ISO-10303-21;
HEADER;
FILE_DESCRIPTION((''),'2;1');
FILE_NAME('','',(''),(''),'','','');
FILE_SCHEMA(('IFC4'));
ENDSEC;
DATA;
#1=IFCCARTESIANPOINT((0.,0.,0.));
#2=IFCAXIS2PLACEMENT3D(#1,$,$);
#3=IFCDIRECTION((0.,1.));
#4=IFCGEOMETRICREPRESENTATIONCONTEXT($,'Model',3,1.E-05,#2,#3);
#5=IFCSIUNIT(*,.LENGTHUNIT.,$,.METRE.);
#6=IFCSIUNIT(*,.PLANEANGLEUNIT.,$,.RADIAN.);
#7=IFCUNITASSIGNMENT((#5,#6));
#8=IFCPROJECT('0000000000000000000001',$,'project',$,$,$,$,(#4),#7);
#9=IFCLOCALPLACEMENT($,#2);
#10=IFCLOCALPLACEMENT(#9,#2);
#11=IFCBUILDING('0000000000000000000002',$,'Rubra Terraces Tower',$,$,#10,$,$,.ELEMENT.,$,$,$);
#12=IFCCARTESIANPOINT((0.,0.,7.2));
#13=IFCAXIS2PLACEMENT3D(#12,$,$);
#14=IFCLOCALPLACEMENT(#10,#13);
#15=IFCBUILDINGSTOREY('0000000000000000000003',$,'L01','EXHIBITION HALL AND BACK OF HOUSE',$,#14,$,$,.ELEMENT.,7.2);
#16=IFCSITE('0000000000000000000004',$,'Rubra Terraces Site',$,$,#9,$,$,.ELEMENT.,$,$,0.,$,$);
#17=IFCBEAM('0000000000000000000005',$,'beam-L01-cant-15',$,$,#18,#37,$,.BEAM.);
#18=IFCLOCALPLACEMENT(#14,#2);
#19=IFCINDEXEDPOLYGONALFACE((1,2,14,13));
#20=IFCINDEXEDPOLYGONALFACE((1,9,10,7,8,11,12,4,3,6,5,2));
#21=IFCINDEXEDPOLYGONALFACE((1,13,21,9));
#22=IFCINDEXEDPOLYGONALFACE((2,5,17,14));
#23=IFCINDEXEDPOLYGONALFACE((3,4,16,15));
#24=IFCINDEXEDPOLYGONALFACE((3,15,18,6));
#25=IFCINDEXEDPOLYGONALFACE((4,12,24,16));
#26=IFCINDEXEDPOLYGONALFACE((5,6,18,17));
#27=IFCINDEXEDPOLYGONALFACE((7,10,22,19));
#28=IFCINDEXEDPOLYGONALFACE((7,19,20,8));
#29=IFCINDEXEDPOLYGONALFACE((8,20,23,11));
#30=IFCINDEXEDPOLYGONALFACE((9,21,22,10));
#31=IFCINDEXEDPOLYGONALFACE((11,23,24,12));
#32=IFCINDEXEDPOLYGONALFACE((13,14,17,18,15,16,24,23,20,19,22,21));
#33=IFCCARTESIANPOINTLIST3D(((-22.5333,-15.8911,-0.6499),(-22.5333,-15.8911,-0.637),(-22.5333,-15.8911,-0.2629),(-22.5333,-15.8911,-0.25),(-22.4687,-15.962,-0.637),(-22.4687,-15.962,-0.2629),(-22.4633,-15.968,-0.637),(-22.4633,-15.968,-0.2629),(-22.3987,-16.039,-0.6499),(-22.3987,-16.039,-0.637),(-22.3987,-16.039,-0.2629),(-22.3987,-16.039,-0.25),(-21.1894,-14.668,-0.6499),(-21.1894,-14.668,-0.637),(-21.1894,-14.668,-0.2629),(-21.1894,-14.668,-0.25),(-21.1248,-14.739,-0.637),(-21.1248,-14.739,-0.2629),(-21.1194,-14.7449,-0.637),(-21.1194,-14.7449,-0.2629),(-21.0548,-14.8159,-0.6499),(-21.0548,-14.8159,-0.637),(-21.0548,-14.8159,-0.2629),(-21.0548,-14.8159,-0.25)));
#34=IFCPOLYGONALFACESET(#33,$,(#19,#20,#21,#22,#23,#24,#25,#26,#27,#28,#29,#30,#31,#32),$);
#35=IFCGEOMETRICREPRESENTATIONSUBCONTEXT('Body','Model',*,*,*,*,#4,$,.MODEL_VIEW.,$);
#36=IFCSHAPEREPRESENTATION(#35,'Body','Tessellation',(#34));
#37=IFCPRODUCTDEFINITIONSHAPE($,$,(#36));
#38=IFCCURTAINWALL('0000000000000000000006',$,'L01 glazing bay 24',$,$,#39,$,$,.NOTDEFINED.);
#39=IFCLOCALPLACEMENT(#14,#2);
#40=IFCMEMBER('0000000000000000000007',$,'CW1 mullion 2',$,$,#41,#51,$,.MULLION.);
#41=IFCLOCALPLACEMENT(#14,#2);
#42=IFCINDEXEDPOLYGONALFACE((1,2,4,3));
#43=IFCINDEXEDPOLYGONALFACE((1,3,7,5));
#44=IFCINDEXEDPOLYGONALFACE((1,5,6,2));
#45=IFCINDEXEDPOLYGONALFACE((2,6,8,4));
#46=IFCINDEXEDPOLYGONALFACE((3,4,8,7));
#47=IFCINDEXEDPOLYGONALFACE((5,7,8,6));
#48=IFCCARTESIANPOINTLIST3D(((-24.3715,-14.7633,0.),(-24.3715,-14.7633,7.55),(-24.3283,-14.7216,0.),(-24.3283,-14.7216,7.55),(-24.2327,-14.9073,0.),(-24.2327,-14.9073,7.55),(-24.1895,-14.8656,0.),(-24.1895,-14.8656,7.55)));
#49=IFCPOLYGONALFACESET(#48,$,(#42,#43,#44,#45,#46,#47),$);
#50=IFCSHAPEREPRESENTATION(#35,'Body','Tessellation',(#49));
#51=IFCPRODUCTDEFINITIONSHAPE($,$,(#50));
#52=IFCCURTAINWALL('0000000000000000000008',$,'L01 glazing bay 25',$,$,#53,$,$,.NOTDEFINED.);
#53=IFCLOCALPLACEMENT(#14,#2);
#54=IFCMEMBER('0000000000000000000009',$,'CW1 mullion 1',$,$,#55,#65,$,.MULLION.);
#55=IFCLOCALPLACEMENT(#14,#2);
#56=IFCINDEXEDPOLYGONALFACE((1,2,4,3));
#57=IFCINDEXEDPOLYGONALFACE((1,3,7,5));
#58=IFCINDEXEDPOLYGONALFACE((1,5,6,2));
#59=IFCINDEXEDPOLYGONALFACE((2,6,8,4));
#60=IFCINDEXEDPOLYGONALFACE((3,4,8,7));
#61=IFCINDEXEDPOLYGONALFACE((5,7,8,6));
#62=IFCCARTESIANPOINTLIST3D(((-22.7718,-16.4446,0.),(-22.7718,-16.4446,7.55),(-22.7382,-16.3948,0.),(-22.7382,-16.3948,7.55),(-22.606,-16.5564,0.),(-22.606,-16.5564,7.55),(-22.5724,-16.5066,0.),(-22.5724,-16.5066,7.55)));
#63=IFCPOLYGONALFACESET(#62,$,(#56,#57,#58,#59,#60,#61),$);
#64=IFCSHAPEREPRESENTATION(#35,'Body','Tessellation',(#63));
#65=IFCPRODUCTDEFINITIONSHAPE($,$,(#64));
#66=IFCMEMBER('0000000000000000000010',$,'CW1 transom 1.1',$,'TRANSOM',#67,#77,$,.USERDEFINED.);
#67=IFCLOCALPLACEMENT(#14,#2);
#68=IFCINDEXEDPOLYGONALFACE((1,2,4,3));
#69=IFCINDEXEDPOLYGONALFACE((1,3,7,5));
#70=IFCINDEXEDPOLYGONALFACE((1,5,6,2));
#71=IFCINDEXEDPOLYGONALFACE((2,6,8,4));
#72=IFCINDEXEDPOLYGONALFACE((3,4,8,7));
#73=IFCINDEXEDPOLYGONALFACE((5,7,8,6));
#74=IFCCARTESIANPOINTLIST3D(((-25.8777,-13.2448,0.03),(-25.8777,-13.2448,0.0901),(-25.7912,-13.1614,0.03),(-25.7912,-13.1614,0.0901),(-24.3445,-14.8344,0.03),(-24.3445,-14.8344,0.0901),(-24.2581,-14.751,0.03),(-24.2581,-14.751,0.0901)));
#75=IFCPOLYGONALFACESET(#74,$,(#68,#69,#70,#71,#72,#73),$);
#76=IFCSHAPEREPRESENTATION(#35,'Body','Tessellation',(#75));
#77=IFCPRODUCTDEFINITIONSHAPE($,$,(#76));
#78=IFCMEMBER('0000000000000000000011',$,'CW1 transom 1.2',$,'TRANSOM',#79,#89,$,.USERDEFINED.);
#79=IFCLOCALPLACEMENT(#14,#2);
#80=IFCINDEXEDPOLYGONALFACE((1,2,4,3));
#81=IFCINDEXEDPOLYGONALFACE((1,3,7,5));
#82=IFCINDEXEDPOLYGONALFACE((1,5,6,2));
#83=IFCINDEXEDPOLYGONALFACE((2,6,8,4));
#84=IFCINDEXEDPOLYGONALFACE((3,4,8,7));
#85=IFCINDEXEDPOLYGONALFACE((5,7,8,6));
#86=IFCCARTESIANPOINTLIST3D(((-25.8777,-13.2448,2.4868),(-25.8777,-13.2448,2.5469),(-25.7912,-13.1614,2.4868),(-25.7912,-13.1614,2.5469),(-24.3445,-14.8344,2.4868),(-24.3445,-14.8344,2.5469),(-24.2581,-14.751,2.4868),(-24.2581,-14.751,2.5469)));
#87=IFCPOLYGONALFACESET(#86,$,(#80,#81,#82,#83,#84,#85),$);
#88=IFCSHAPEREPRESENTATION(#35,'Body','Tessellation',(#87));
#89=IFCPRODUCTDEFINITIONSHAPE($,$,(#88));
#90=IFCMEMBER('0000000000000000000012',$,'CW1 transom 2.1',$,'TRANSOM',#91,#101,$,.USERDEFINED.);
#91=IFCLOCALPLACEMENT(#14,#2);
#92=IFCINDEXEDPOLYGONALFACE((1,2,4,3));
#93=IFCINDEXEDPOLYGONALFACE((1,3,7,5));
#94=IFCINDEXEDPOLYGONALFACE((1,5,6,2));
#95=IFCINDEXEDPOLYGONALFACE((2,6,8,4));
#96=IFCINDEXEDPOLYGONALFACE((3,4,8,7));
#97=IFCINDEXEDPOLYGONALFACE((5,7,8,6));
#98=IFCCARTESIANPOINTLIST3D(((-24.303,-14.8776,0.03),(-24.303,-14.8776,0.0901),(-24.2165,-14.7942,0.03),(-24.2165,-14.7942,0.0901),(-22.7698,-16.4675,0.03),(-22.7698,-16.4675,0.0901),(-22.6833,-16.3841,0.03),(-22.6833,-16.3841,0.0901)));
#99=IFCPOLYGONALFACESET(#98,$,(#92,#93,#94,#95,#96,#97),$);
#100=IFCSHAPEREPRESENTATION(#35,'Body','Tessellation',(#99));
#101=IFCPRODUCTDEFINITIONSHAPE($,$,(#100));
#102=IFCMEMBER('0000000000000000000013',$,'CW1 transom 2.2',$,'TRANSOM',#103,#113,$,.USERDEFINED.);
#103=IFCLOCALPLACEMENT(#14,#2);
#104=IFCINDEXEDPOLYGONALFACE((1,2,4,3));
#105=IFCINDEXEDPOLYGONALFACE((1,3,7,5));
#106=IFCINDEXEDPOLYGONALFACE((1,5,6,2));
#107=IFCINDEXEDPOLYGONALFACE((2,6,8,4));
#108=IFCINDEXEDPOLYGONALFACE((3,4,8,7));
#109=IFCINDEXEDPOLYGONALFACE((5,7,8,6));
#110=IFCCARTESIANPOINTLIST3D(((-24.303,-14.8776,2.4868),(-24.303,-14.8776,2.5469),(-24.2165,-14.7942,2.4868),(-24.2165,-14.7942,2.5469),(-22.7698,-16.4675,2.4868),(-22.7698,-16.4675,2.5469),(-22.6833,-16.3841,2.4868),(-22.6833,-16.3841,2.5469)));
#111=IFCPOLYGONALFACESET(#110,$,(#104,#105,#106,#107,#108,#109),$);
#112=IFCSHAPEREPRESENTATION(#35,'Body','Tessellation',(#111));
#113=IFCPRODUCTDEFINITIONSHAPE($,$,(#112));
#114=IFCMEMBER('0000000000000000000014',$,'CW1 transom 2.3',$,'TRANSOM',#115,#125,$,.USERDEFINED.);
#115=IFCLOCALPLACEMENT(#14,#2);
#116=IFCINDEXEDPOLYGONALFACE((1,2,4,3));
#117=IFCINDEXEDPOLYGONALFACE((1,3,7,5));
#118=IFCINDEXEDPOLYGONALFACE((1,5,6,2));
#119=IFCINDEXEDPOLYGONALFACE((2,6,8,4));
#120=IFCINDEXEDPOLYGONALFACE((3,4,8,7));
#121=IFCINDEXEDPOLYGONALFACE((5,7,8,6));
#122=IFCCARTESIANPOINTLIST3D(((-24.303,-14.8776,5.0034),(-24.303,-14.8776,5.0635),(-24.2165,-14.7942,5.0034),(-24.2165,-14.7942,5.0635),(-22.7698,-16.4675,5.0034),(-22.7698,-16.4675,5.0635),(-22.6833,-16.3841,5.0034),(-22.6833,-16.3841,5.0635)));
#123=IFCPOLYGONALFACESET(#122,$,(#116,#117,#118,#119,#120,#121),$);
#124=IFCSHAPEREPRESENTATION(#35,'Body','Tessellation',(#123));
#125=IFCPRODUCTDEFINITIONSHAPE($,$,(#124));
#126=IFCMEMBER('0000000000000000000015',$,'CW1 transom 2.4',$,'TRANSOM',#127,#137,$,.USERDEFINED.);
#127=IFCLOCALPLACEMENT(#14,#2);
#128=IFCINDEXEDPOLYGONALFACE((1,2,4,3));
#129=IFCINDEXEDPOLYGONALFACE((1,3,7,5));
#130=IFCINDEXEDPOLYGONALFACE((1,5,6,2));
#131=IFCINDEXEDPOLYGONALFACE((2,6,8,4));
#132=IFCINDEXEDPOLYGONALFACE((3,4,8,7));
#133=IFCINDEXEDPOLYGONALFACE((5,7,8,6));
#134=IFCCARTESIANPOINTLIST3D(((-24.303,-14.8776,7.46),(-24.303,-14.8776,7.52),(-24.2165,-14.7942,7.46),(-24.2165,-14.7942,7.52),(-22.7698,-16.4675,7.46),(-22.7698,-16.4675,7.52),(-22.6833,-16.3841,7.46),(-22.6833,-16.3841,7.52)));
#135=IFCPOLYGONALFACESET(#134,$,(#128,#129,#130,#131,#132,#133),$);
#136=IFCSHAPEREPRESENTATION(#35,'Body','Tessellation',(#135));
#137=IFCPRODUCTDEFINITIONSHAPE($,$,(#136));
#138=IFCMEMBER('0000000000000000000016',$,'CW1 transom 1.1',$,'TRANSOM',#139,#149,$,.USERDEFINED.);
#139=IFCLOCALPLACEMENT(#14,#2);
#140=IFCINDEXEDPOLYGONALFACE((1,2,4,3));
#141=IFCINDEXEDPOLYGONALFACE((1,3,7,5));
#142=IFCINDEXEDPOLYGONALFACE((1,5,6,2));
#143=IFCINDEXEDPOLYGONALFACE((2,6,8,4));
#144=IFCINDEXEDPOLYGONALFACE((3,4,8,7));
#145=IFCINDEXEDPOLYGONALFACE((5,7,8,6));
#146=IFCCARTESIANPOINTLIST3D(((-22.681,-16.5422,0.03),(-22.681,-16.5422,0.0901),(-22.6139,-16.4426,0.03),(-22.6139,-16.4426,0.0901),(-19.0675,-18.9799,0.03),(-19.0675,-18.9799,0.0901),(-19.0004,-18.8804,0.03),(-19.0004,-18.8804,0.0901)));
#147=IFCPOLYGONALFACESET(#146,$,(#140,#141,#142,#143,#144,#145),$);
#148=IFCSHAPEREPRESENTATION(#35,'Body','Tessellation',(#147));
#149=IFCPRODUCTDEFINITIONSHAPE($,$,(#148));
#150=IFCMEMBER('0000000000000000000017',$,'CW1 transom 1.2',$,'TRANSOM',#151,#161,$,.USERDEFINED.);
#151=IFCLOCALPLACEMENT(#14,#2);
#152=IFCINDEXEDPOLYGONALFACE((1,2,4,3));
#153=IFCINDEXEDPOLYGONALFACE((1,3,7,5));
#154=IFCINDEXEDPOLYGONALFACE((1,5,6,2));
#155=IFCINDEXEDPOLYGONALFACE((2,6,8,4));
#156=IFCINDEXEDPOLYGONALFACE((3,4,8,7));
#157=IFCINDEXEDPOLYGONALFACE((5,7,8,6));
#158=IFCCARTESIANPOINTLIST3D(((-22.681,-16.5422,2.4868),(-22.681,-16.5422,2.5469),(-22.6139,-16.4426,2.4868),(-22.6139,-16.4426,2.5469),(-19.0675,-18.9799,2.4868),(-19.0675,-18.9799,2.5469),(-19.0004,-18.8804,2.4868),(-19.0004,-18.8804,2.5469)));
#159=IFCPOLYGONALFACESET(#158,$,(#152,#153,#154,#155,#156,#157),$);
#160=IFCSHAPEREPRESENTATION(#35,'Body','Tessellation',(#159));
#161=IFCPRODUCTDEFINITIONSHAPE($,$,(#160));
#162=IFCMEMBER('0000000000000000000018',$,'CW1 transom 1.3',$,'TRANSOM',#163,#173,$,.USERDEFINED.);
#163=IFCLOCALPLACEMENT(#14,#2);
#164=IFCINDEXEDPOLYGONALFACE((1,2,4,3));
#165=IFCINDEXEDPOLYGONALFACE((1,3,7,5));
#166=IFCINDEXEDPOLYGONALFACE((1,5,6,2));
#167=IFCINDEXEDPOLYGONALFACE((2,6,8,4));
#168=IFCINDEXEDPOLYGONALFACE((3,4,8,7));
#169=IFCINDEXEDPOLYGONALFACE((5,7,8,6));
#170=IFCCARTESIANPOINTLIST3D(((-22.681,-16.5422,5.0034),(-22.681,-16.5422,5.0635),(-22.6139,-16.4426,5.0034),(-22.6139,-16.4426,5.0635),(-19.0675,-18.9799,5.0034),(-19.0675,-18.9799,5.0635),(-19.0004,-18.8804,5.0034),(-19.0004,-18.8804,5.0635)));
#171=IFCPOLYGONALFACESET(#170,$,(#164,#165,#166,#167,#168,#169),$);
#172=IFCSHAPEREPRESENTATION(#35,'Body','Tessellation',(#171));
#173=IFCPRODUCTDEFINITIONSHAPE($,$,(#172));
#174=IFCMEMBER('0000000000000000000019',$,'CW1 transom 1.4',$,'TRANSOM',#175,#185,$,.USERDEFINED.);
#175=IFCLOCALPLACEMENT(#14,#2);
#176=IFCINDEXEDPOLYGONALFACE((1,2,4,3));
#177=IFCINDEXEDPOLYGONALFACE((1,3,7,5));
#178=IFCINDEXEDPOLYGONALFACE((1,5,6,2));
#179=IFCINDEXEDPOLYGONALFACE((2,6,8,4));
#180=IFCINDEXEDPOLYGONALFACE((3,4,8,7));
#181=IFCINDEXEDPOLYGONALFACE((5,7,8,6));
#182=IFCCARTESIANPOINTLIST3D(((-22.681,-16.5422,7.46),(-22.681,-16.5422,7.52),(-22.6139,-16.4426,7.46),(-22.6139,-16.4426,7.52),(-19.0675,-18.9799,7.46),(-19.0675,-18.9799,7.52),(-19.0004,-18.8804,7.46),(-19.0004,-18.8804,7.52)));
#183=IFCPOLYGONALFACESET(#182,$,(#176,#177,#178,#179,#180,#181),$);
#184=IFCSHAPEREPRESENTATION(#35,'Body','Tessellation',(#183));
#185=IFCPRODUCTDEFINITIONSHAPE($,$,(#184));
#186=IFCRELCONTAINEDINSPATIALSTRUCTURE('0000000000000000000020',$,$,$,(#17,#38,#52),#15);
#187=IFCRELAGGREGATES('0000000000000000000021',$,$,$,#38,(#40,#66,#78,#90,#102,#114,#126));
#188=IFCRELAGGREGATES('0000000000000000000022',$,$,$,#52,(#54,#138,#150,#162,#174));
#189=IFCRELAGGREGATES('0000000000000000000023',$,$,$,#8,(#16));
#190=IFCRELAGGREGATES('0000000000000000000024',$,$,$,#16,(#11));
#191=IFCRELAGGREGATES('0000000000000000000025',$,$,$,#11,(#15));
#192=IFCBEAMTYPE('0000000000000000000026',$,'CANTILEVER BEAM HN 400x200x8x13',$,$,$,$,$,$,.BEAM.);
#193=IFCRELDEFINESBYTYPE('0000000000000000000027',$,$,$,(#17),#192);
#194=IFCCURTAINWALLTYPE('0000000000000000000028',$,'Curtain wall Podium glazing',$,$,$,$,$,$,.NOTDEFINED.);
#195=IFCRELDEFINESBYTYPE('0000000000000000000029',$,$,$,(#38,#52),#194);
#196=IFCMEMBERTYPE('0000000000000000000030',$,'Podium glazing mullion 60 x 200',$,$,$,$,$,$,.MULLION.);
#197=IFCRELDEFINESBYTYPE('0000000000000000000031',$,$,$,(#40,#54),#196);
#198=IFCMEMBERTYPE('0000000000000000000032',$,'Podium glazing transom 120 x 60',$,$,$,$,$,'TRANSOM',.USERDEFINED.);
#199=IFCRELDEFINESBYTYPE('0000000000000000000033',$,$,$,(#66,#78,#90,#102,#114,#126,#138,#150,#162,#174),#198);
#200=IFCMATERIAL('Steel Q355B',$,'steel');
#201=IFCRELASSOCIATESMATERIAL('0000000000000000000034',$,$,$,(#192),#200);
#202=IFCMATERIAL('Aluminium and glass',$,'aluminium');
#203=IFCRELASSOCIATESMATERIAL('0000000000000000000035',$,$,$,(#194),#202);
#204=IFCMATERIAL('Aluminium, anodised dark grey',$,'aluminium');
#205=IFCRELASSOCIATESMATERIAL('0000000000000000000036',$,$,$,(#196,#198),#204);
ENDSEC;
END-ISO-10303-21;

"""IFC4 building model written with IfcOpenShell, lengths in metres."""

from ifc_helpers import new_model, si_unit, direction, frame, origin, origin_2d, place, context, subcontext, project, spatial, rectangle, i_section, extrude, material, material_profile, profile_set, type_object, element, aggregate, save


model = new_model("IFC4")

# Units and contexts
model_context = context("Model", 3, precision=1e-05, world=origin(), true_north=direction((0.0, 1.0)))
body_context = subcontext(model_context, "Body", "Model", "MODEL_VIEW")
ifc_project = project(units=[si_unit("LENGTHUNIT", "METRE"), si_unit("PLANEANGLEUNIT", "RADIAN")], contexts=[model_context])

# Site, building, storey
site_placement = place(None, origin())
site = spatial("IfcSite", under=ifc_project, at=site_placement, Name="Rubra Terraces Site", CompositionType="ELEMENT", RefElevation=0.0)
building_placement = place(site_placement, origin())
building = spatial("IfcBuilding", under=site, at=building_placement, Name="Rubra Terraces Tower", CompositionType="ELEMENT")
storey_placement = place(building_placement, frame((0.0, 0.0, 7.2)))
storey = spatial("IfcBuildingStorey", under=building, at=storey_placement, Name="L01", Description="EXHIBITION HALL AND BACK OF HOUSE", CompositionType="ELEMENT", Elevation=7.2)

# Beam
ifc_material_1 = material(Name="Steel Q355B", Category="steel")
ifc_material_profile_1 = material_profile(ifc_material_1, i_section(OverallWidth=0.2, OverallDepth=0.3999, WebThickness=0.0081, FlangeThickness=0.0129, at=origin_2d()), Name="HN 400x200x8x13")
ifc_profile_set_1 = profile_set([ifc_material_profile_1], Name="Steel Q355B")
beam_type = type_object("IfcBeamType", Name="CANTILEVER BEAM HN 400x200x8x13", PredefinedType="BEAM", material=ifc_profile_set_1)
beam_placement = place(storey_placement, frame((-21.1221, -14.7419, -0.45), z_axis=(-0.739575, -0.673074, 0.0), x_axis=(0.673074, -0.739575, 0.0)))
element("IfcBeam", 1, at=beam_placement, inside=storey, type_object=beam_type, Name="beam-L01-cant-15", PredefinedType="BEAM", context=body_context, shape_type="SweptSolid", body=[
    extrude(i_section(OverallWidth=0.2, OverallDepth=0.3999, WebThickness=0.0081, FlangeThickness=0.0129, at=origin_2d()), origin(), (0.0, 0.0, 1.0), 1.8171),
])

# Curtain walls, members
ifc_material_2 = material(Name="Aluminium and glass", Category="aluminium")
curtain_wall_type = type_object("IfcCurtainWallType", Name="Curtain wall Podium glazing", PredefinedType="NOTDEFINED", material=ifc_material_2)
curtain_wall_1_placement = place(storey_placement, origin())
curtain_wall_1 = element("IfcCurtainWall", 2, at=curtain_wall_1_placement, inside=storey, type_object=curtain_wall_type, Name="L01 glazing bay 24", PredefinedType="NOTDEFINED")
ifc_material_3 = material(Name="Aluminium, anodised dark grey", Category="aluminium")
ifc_material_profile_2 = material_profile(ifc_material_3, rectangle(XDim=0.0601, YDim=0.2, at=origin_2d()), Name="AL 60x200")
ifc_profile_set_2 = profile_set([ifc_material_profile_2], Name="Aluminium, anodised dark grey")
member_type_1 = type_object("IfcMemberType", Name="Podium glazing mullion 60 x 200", PredefinedType="MULLION", material=ifc_profile_set_2)
member_1_placement = place(storey_placement, frame((-24.2805, -14.8145, 0.0), z_axis=(0.0, 0.0, 1.0), x_axis=(0.719825, 0.694156, 0.0)))
member_1 = element("IfcMember", 3, at=member_1_placement, type_object=member_type_1, Name="CW1 mullion 2", PredefinedType="MULLION", context=body_context, shape_type="SweptSolid", body=[
    extrude(rectangle(XDim=0.0601, YDim=0.2, at=origin_2d()), origin(), (0.0, 0.0, 1.0), 7.55),
])
curtain_wall_2_placement = place(storey_placement, origin())
curtain_wall_2 = element("IfcCurtainWall", 4, at=curtain_wall_2_placement, inside=storey, type_object=curtain_wall_type, Name="L01 glazing bay 25", PredefinedType="NOTDEFINED")
member_2_placement = place(storey_placement, frame((-22.6721, -16.4756, 0.0), z_axis=(0.0, 0.0, 1.0), x_axis=(0.559277, 0.828981, 0.0)))
member_2 = element("IfcMember", 5, at=member_2_placement, type_object=member_type_1, Name="CW1 mullion 1", PredefinedType="MULLION", context=body_context, shape_type="SweptSolid", body=[
    extrude(rectangle(XDim=0.0601, YDim=0.2, at=origin_2d()), origin(), (0.0, 0.0, 1.0), 7.55),
])

# Members
ifc_material_profile_3 = material_profile(ifc_material_3, rectangle(XDim=0.1201, YDim=0.0601, at=origin_2d()), Name="AL 120x60")
ifc_profile_set_3 = profile_set([ifc_material_profile_3], Name="Aluminium, anodised dark grey")
member_type_2 = type_object("IfcMemberType", Name="Podium glazing transom 120 x 60", ElementType="TRANSOM", PredefinedType="USERDEFINED", material=ifc_profile_set_3)
member_3_placement = place(storey_placement, frame((-25.8345, -13.2031, 0.0601), z_axis=(0.694224, -0.719759, 0.0), x_axis=(0.719759, 0.694224, 0.0)))
member_3 = element("IfcMember", 6, at=member_3_placement, type_object=member_type_2, Name="CW1 transom 1.1", ObjectType="TRANSOM", PredefinedType="USERDEFINED", context=body_context, shape_type="SweptSolid", body=[
    extrude(rectangle(XDim=0.1201, YDim=0.0601, at=origin_2d()), origin(), (0.0, 0.0, 1.0), 2.2085),
])
member_4_placement = place(storey_placement, frame((-25.8345, -13.2031, 2.5168), z_axis=(0.694224, -0.719759, 0.0), x_axis=(0.719759, 0.694224, 0.0)))
member_4 = element("IfcMember", 7, at=member_4_placement, type_object=member_type_2, Name="CW1 transom 1.2", ObjectType="TRANSOM", PredefinedType="USERDEFINED", context=body_context, shape_type="SweptSolid", body=[
    extrude(rectangle(XDim=0.1201, YDim=0.0601, at=origin_2d()), origin(), (0.0, 0.0, 1.0), 2.2085),
])
member_5_placement = place(storey_placement, frame((-24.2598, -14.8359, 0.0601), z_axis=(0.694168, -0.719813, 0.0), x_axis=(0.719813, 0.694168, 0.0)))
member_5 = element("IfcMember", 8, at=member_5_placement, type_object=member_type_2, Name="CW1 transom 2.1", ObjectType="TRANSOM", PredefinedType="USERDEFINED", context=body_context, shape_type="SweptSolid", body=[
    extrude(rectangle(XDim=0.1201, YDim=0.0601, at=origin_2d()), origin(), (0.0, 0.0, 1.0), 2.2087),
])
member_6_placement = place(storey_placement, frame((-24.2598, -14.8359, 2.5168), z_axis=(0.694168, -0.719813, 0.0), x_axis=(0.719813, 0.694168, 0.0)))
member_6 = element("IfcMember", 9, at=member_6_placement, type_object=member_type_2, Name="CW1 transom 2.2", ObjectType="TRANSOM", PredefinedType="USERDEFINED", context=body_context, shape_type="SweptSolid", body=[
    extrude(rectangle(XDim=0.1201, YDim=0.0601, at=origin_2d()), origin(), (0.0, 0.0, 1.0), 2.2087),
])
member_7_placement = place(storey_placement, frame((-24.2598, -14.8359, 5.0334), z_axis=(0.694168, -0.719813, 0.0), x_axis=(0.719813, 0.694168, 0.0)))
member_7 = element("IfcMember", 10, at=member_7_placement, type_object=member_type_2, Name="CW1 transom 2.3", ObjectType="TRANSOM", PredefinedType="USERDEFINED", context=body_context, shape_type="SweptSolid", body=[
    extrude(rectangle(XDim=0.1201, YDim=0.0601, at=origin_2d()), origin(), (0.0, 0.0, 1.0), 2.2087),
])
member_8_placement = place(storey_placement, frame((-24.2598, -14.8359, 7.49), z_axis=(0.694168, -0.719813, 0.0), x_axis=(0.719813, 0.694168, 0.0)))
member_8 = element("IfcMember", 11, at=member_8_placement, type_object=member_type_2, Name="CW1 transom 2.4", ObjectType="TRANSOM", PredefinedType="USERDEFINED", context=body_context, shape_type="SweptSolid", body=[
    extrude(rectangle(XDim=0.1201, YDim=0.0601, at=origin_2d()), origin(), (0.0, 0.0, 1.0), 2.2087),
])
member_9_placement = place(storey_placement, frame((-22.6475, -16.4924, 0.0601), z_axis=(0.828996, -0.559254, 0.0), x_axis=(0.559254, 0.828996, 0.0)))
member_9 = element("IfcMember", 12, at=member_9_placement, type_object=member_type_2, Name="CW1 transom 1.1", ObjectType="TRANSOM", PredefinedType="USERDEFINED", context=body_context, shape_type="SweptSolid", body=[
    extrude(rectangle(XDim=0.1201, YDim=0.0601, at=origin_2d()), origin(), (0.0, 0.0, 1.0), 4.3589),
])
member_10_placement = place(storey_placement, frame((-22.6475, -16.4924, 2.5168), z_axis=(0.828996, -0.559254, 0.0), x_axis=(0.559254, 0.828996, 0.0)))
member_10 = element("IfcMember", 13, at=member_10_placement, type_object=member_type_2, Name="CW1 transom 1.2", ObjectType="TRANSOM", PredefinedType="USERDEFINED", context=body_context, shape_type="SweptSolid", body=[
    extrude(rectangle(XDim=0.1201, YDim=0.0601, at=origin_2d()), origin(), (0.0, 0.0, 1.0), 4.3589),
])
member_11_placement = place(storey_placement, frame((-22.6475, -16.4924, 5.0334), z_axis=(0.828996, -0.559254, 0.0), x_axis=(0.559254, 0.828996, 0.0)))
member_11 = element("IfcMember", 14, at=member_11_placement, type_object=member_type_2, Name="CW1 transom 1.3", ObjectType="TRANSOM", PredefinedType="USERDEFINED", context=body_context, shape_type="SweptSolid", body=[
    extrude(rectangle(XDim=0.1201, YDim=0.0601, at=origin_2d()), origin(), (0.0, 0.0, 1.0), 4.3589),
])
member_12_placement = place(storey_placement, frame((-22.6475, -16.4924, 7.49), z_axis=(0.828996, -0.559254, 0.0), x_axis=(0.559254, 0.828996, 0.0)))
member_12 = element("IfcMember", 15, at=member_12_placement, type_object=member_type_2, Name="CW1 transom 1.4", ObjectType="TRANSOM", PredefinedType="USERDEFINED", context=body_context, shape_type="SweptSolid", body=[
    extrude(rectangle(XDim=0.1201, YDim=0.0601, at=origin_2d()), origin(), (0.0, 0.0, 1.0), 4.3589),
])

aggregate(curtain_wall_1, [member_1, member_3, member_4, member_5, member_6, member_7, member_8])
aggregate(curtain_wall_2, [member_2, member_9, member_10, member_11, member_12])

save(model, "model.ifc")
